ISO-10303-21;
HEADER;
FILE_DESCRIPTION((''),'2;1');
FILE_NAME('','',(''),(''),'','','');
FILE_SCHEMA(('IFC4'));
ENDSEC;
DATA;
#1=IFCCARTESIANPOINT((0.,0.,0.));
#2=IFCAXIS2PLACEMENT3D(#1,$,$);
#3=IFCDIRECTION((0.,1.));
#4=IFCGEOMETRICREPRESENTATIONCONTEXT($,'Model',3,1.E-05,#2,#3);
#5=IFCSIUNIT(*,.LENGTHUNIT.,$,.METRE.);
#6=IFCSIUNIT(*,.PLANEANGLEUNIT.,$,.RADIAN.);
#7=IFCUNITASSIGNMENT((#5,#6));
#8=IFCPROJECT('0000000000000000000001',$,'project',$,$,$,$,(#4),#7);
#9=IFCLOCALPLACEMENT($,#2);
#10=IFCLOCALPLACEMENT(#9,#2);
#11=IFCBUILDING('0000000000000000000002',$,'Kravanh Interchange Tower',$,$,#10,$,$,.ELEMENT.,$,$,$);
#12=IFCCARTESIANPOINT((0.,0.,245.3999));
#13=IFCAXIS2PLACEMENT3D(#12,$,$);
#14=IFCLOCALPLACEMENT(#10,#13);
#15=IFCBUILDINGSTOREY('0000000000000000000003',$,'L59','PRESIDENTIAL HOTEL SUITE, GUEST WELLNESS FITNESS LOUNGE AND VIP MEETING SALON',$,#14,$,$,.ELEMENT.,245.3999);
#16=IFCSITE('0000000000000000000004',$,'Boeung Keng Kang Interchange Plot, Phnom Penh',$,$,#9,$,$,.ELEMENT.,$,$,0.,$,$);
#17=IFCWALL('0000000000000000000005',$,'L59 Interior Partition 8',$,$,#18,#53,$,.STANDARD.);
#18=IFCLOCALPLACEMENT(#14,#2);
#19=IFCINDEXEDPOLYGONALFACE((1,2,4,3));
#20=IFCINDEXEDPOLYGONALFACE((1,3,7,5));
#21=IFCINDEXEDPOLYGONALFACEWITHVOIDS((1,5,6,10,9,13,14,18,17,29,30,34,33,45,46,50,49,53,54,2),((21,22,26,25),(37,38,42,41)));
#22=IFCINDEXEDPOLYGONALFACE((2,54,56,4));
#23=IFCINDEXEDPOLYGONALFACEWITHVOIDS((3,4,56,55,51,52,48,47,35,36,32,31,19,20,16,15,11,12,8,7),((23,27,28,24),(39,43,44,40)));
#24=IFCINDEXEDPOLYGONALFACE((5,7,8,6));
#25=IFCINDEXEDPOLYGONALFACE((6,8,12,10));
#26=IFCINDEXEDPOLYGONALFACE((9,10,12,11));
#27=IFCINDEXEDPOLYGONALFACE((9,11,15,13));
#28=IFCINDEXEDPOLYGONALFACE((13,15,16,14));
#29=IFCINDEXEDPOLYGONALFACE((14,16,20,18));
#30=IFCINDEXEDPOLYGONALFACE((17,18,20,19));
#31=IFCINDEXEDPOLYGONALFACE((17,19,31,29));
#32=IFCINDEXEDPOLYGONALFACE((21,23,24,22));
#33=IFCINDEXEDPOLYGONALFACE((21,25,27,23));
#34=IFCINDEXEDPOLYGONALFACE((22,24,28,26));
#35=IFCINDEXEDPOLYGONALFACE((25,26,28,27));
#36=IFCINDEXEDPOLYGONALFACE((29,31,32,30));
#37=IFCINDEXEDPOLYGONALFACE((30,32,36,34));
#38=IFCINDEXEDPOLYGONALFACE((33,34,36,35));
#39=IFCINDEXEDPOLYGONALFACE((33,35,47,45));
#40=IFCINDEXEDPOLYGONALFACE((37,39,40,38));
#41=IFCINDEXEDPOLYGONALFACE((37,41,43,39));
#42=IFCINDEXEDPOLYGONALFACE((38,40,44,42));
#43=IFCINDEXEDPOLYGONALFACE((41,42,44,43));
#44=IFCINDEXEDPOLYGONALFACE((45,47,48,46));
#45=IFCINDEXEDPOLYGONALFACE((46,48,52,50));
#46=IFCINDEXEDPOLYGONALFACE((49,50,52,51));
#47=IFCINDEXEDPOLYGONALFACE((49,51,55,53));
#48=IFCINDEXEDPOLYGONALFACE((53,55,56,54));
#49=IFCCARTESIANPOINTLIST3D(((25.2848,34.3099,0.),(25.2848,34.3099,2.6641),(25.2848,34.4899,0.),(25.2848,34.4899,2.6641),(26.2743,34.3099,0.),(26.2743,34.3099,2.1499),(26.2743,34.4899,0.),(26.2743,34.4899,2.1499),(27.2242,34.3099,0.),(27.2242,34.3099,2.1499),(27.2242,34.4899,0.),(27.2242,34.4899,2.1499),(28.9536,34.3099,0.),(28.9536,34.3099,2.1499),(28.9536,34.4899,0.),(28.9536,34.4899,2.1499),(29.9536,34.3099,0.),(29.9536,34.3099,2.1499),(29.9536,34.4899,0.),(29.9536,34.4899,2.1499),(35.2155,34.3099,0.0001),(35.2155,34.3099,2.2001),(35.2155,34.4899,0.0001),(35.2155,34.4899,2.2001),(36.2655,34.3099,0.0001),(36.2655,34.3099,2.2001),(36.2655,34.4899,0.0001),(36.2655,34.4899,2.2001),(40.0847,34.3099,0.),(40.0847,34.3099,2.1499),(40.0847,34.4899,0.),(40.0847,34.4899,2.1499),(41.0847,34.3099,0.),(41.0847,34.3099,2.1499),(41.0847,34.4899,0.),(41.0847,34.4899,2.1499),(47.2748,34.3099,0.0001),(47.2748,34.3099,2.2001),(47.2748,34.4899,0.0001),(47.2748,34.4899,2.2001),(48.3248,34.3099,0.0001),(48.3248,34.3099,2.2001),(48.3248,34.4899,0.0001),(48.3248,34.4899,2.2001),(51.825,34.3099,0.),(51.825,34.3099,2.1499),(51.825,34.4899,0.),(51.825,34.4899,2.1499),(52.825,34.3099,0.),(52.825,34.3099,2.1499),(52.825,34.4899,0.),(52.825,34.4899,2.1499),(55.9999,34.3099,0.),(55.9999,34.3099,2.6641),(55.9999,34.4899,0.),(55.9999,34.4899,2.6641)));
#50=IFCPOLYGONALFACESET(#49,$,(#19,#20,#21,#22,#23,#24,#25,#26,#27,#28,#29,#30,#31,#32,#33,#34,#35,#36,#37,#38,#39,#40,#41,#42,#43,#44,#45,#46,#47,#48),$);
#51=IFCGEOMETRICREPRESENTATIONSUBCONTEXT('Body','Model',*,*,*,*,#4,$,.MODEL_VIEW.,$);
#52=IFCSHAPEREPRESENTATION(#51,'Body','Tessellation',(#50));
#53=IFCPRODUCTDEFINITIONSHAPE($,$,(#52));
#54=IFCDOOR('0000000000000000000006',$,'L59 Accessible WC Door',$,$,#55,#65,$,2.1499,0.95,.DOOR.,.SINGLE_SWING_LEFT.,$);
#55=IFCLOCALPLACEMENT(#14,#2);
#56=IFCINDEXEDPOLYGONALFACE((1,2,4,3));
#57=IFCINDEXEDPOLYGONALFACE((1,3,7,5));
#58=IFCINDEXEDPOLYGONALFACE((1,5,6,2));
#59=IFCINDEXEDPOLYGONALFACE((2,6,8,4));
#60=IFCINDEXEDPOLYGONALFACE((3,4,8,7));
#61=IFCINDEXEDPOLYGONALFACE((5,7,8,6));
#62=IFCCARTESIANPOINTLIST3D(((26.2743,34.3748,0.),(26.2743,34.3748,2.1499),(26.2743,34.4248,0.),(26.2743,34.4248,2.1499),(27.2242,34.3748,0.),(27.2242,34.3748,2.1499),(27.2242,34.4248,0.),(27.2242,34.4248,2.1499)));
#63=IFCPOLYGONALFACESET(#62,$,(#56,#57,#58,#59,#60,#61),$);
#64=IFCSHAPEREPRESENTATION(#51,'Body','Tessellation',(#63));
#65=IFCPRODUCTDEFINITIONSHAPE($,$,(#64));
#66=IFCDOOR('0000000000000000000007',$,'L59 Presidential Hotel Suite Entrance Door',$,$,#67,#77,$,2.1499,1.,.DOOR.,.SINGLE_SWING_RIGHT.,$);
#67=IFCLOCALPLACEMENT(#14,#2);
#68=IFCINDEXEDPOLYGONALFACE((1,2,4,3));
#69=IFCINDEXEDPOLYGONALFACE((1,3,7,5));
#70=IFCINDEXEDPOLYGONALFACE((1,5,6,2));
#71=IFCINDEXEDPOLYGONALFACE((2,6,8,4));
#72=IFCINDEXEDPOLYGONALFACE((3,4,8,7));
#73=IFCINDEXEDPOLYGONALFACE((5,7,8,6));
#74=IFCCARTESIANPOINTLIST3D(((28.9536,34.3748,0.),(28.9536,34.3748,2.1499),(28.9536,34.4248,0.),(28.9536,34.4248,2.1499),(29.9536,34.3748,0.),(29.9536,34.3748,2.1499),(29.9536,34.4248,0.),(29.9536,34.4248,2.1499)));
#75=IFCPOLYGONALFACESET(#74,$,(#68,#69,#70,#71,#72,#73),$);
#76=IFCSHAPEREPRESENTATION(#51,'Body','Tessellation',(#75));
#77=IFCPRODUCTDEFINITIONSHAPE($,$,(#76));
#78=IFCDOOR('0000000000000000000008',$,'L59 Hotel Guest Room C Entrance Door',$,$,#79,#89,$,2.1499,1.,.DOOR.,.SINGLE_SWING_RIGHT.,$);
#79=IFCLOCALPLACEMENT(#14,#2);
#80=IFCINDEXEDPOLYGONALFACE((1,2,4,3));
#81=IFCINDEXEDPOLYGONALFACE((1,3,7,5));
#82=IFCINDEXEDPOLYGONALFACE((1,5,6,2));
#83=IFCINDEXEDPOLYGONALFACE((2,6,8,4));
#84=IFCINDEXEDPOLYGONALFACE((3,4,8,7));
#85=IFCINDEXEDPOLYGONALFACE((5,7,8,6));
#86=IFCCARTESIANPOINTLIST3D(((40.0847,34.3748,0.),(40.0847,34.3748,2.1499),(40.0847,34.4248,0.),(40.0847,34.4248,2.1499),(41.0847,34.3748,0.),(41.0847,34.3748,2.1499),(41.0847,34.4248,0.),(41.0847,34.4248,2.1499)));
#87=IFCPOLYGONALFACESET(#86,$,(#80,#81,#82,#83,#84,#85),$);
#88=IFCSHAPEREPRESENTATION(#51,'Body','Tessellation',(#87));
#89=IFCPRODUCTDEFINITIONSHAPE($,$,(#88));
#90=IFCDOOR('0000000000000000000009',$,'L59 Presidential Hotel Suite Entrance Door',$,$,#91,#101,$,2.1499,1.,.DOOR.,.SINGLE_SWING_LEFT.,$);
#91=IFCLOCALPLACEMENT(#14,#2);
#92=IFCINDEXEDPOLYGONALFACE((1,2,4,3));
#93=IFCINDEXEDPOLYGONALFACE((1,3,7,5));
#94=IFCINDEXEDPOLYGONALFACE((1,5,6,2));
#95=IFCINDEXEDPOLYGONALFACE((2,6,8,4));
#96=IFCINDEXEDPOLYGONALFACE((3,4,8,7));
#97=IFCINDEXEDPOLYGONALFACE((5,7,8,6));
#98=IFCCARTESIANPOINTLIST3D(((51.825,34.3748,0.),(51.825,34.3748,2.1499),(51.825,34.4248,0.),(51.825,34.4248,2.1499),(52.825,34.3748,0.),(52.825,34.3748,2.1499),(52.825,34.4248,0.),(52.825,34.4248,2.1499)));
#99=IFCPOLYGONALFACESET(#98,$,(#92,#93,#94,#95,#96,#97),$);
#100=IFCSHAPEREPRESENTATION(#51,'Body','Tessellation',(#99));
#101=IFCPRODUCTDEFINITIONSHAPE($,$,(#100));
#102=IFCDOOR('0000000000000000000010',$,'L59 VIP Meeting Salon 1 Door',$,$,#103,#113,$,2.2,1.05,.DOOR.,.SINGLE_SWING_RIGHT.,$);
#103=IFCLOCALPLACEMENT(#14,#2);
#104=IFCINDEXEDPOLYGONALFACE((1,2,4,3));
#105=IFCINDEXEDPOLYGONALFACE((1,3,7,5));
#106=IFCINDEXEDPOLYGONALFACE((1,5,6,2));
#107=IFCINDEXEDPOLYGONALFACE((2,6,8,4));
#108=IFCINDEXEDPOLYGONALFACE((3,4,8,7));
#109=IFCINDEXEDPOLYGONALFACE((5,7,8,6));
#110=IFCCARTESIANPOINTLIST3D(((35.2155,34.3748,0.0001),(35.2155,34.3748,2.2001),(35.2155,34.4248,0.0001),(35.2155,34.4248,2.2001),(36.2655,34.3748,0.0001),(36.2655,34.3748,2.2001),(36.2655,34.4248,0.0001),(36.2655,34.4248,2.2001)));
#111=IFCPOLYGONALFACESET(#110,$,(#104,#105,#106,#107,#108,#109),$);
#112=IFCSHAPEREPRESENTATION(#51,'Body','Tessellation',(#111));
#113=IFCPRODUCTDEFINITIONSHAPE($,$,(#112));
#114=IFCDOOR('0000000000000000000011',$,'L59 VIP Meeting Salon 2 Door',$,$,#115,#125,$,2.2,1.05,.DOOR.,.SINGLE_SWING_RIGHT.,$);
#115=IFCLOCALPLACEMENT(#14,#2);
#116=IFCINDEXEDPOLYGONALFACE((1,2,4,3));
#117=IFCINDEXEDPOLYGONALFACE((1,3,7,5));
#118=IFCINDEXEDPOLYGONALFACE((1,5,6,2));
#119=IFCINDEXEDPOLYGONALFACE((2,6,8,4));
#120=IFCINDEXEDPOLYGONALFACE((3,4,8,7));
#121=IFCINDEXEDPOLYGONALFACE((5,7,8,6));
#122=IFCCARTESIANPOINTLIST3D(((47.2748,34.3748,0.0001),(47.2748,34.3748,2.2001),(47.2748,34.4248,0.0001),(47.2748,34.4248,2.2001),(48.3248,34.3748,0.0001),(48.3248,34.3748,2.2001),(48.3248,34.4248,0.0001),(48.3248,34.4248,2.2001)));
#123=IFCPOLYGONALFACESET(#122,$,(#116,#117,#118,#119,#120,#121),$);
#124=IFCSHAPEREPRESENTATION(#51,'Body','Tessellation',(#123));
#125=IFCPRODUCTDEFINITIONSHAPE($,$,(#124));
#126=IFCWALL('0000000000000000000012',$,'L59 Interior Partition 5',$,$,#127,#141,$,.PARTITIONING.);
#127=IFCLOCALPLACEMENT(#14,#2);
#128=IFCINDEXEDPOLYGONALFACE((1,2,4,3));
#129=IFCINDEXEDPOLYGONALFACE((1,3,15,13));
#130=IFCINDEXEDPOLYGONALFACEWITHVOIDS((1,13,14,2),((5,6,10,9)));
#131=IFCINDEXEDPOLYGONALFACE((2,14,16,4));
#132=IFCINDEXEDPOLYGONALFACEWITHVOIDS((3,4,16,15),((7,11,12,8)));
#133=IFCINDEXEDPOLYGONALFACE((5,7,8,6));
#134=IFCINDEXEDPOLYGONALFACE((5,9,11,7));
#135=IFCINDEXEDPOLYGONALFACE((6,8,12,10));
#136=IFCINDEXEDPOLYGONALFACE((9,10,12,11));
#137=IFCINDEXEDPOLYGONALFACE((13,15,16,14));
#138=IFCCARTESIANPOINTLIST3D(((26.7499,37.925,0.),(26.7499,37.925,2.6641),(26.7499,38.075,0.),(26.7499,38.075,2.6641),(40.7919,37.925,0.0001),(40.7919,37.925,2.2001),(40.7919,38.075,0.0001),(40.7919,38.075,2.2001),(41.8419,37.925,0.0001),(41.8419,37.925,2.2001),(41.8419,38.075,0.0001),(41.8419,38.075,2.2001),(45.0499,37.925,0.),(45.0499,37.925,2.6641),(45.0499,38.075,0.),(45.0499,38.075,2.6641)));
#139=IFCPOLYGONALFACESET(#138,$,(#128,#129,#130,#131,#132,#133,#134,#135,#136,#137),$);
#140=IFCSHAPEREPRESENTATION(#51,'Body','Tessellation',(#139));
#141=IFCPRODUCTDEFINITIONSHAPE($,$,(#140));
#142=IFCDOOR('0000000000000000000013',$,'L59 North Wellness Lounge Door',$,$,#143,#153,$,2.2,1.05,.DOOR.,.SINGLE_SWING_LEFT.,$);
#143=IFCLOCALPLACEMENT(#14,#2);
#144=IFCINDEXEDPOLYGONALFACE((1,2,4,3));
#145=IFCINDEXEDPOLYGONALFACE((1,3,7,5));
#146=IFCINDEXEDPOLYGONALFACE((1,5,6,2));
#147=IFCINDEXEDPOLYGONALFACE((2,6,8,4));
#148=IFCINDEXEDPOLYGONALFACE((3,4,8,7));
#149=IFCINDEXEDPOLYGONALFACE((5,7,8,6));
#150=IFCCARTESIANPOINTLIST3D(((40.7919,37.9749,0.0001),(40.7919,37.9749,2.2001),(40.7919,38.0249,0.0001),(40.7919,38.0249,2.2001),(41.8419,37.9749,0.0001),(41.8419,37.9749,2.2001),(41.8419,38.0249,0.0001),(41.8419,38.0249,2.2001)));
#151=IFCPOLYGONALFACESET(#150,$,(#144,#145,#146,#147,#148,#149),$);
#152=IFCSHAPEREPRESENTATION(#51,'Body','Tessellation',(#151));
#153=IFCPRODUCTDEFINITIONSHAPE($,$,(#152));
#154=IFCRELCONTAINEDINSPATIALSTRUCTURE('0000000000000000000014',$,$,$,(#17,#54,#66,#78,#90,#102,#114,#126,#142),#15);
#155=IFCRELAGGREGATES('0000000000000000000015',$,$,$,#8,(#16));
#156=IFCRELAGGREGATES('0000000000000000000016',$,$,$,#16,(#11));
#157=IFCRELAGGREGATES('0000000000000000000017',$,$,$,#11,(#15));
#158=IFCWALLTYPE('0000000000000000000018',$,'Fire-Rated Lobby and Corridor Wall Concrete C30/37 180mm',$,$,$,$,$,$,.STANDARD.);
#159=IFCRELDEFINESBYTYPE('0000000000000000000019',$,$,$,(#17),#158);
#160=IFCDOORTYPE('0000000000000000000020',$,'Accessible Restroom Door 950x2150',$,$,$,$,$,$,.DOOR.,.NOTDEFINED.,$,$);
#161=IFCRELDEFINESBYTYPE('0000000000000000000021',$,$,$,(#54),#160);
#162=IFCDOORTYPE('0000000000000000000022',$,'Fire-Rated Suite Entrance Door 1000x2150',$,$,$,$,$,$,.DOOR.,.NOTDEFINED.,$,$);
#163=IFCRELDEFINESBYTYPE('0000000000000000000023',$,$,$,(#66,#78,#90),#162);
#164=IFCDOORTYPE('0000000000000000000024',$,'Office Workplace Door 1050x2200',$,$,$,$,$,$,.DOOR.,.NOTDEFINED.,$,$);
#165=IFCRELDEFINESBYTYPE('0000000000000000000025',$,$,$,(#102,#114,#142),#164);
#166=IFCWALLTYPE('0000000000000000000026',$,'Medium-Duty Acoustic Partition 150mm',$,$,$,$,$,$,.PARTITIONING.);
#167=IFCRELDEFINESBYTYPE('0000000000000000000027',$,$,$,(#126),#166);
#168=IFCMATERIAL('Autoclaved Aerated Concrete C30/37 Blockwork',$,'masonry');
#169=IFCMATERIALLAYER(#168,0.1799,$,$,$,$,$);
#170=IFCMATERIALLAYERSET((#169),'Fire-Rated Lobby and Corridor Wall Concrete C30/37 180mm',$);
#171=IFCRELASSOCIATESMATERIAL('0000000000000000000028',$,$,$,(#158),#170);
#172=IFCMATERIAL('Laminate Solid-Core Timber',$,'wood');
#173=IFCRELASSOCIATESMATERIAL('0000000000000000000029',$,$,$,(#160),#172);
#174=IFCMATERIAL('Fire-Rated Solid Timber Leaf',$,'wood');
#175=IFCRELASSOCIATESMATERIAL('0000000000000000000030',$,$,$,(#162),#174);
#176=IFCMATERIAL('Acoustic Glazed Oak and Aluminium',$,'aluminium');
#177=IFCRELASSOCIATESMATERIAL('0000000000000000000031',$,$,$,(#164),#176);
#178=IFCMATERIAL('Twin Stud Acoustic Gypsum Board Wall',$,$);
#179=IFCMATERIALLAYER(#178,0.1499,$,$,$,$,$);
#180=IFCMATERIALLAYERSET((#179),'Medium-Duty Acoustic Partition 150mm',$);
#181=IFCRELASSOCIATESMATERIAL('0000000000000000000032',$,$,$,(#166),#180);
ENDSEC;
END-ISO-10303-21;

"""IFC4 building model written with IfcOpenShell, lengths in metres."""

from ifc_helpers import new_model, si_unit, direction, frame, frame_2d, origin, place, context, subcontext, project, spatial, rectangle, extrude, material, layer, layer_set, type_object, element, fill, save


model = new_model("IFC4")

# Units and contexts
model_context = context("Model", 3, precision=1e-05, world=origin(), true_north=direction((0.0, 1.0)))
body_context = subcontext(model_context, "Body", "Model", "MODEL_VIEW")
ifc_project = project(units=[si_unit("LENGTHUNIT", "METRE"), si_unit("PLANEANGLEUNIT", "RADIAN")], contexts=[model_context])

# Site, building, storey
site_placement = place(None, origin())
site = spatial("IfcSite", under=ifc_project, at=site_placement, Name="Boeung Keng Kang Interchange Plot, Phnom Penh", CompositionType="ELEMENT", RefElevation=0.0)
building_placement = place(site_placement, origin())
building = spatial("IfcBuilding", under=site, at=building_placement, Name="Kravanh Interchange Tower", CompositionType="ELEMENT")
storey_placement = place(building_placement, frame((0.0, 0.0, 245.3999)))
storey = spatial("IfcBuildingStorey", under=building, at=storey_placement, Name="L59", Description="PRESIDENTIAL HOTEL SUITE, GUEST WELLNESS FITNESS LOUNGE AND VIP MEETING SALON", CompositionType="ELEMENT", Elevation=245.3999)

# Wall, openings, doors
ifc_material_1 = material(Name="Autoclaved Aerated Concrete C30/37 Blockwork", Category="masonry")
ifc_layer_1 = layer(ifc_material_1, 0.1799)
ifc_layer_set_1 = layer_set([ifc_layer_1], Name="Fire-Rated Lobby and Corridor Wall Concrete C30/37 180mm")
wall_type_1 = type_object("IfcWallType", Name="Fire-Rated Lobby and Corridor Wall Concrete C30/37 180mm", PredefinedType="STANDARD", material=ifc_layer_set_1)
wall_1_placement = place(storey_placement, frame((25.2849, 34.3999, 0.0), z_axis=(0.0, 0.0, 1.0), x_axis=(1.0, 0.0, 0.0)))
wall_1 = element("IfcWall", 1, at=wall_1_placement, inside=storey, type_object=wall_type_1, Name="L59 Interior Partition 8", PredefinedType="STANDARD", context=body_context, shape_type="SweptSolid", body=[
    extrude(rectangle(XDim=30.7151, YDim=0.1799, at=frame_2d((15.3574, 0.0))), origin(), (0.0, 0.0, 1.0), 2.6641),
])
opening_1_placement = place(wall_1_placement, frame((0.9893, 0.0, 0.0)))
opening_1 = element("IfcOpeningElement", 2, at=opening_1_placement, cuts=wall_1, PredefinedType="OPENING", context=body_context, shape_type="SweptSolid", body=[
    extrude(rectangle(XDim=0.95, YDim=2.1499, at=frame_2d((0.4751, 1.075))), frame((0.0, 0.1001, 0.0), z_axis=(0.0, -1.0, 0.0), x_axis=(1.0, 0.0, 0.0)), (0.0, 0.0, 1.0), 0.2),
])
opening_2_placement = place(wall_1_placement, frame((3.6687, 0.0, 0.0)))
opening_2 = element("IfcOpeningElement", 3, at=opening_2_placement, cuts=wall_1, PredefinedType="OPENING", context=body_context, shape_type="SweptSolid", body=[
    extrude(rectangle(XDim=1.0, YDim=2.1499, at=frame_2d((0.5, 1.075))), frame((0.0, 0.1001, 0.0), z_axis=(0.0, -1.0, 0.0), x_axis=(1.0, 0.0, 0.0)), (0.0, 0.0, 1.0), 0.2),
])
opening_3_placement = place(wall_1_placement, frame((9.9307, 0.0, 0.0)))
opening_3 = element("IfcOpeningElement", 4, at=opening_3_placement, cuts=wall_1, PredefinedType="OPENING", context=body_context, shape_type="SweptSolid", body=[
    extrude(rectangle(XDim=1.05, YDim=2.2, at=frame_2d((0.5249, 1.1001))), frame((0.0, 0.1001, 0.0), z_axis=(0.0, -1.0, 0.0), x_axis=(1.0, 0.0, 0.0)), (0.0, 0.0, 1.0), 0.2),
])
opening_4_placement = place(wall_1_placement, frame((14.7998, 0.0, 0.0)))
opening_4 = element("IfcOpeningElement", 5, at=opening_4_placement, cuts=wall_1, PredefinedType="OPENING", context=body_context, shape_type="SweptSolid", body=[
    extrude(rectangle(XDim=1.0, YDim=2.1499, at=frame_2d((0.5, 1.075))), frame((0.0, 0.1001, 0.0), z_axis=(0.0, -1.0, 0.0), x_axis=(1.0, 0.0, 0.0)), (0.0, 0.0, 1.0), 0.2),
])
opening_5_placement = place(wall_1_placement, frame((21.99, 0.0, 0.0)))
opening_5 = element("IfcOpeningElement", 6, at=opening_5_placement, cuts=wall_1, PredefinedType="OPENING", context=body_context, shape_type="SweptSolid", body=[
    extrude(rectangle(XDim=1.05, YDim=2.2, at=frame_2d((0.5249, 1.1001))), frame((0.0, 0.1001, 0.0), z_axis=(0.0, -1.0, 0.0), x_axis=(1.0, 0.0, 0.0)), (0.0, 0.0, 1.0), 0.2),
])
opening_6_placement = place(wall_1_placement, frame((26.54, 0.0, 0.0)))
opening_6 = element("IfcOpeningElement", 7, at=opening_6_placement, cuts=wall_1, PredefinedType="OPENING", context=body_context, shape_type="SweptSolid", body=[
    extrude(rectangle(XDim=1.0, YDim=2.1499, at=frame_2d((0.5, 1.075))), frame((0.0, 0.1001, 0.0), z_axis=(0.0, -1.0, 0.0), x_axis=(1.0, 0.0, 0.0)), (0.0, 0.0, 1.0), 0.2),
])
ifc_material_2 = material(Name="Laminate Solid-Core Timber", Category="wood")
door_type_1 = type_object("IfcDoorType", Name="Accessible Restroom Door 950x2150", OperationType="NOTDEFINED", PredefinedType="DOOR", material=ifc_material_2)
door_1_placement = place(opening_1_placement, origin())
door_1 = element("IfcDoor", 8, at=door_1_placement, inside=storey, type_object=door_type_1, Name="L59 Accessible WC Door", OperationType="SINGLE_SWING_LEFT", OverallHeight=2.1499, OverallWidth=0.95, PredefinedType="DOOR", context=body_context, shape_type="SweptSolid", body=[
    extrude(rectangle(XDim=0.95, YDim=2.1499, at=frame_2d((0.4751, 1.075))), frame((0.0, 0.0249, 0.0), z_axis=(0.0, -1.0, 0.0), x_axis=(1.0, 0.0, 0.0)), (0.0, 0.0, 1.0), 0.05),
])
fill(opening_1, door_1)
ifc_material_3 = material(Name="Fire-Rated Solid Timber Leaf", Category="wood")
door_type_2 = type_object("IfcDoorType", Name="Fire-Rated Suite Entrance Door 1000x2150", OperationType="NOTDEFINED", PredefinedType="DOOR", material=ifc_material_3)
door_2_placement = place(opening_2_placement, origin())
door_2 = element("IfcDoor", 9, at=door_2_placement, inside=storey, type_object=door_type_2, Name="L59 Presidential Hotel Suite Entrance Door", OperationType="SINGLE_SWING_RIGHT", OverallHeight=2.1499, OverallWidth=1.0, PredefinedType="DOOR", context=body_context, shape_type="SweptSolid", body=[
    extrude(rectangle(XDim=1.0, YDim=2.1499, at=frame_2d((0.5, 1.075))), frame((0.0, 0.0249, 0.0), z_axis=(0.0, -1.0, 0.0), x_axis=(1.0, 0.0, 0.0)), (0.0, 0.0, 1.0), 0.05),
])
fill(opening_2, door_2)
door_3_placement = place(opening_4_placement, origin())
door_3 = element("IfcDoor", 10, at=door_3_placement, inside=storey, type_object=door_type_2, Name="L59 Hotel Guest Room C Entrance Door", OperationType="SINGLE_SWING_RIGHT", OverallHeight=2.1499, OverallWidth=1.0, PredefinedType="DOOR", context=body_context, shape_type="SweptSolid", body=[
    extrude(rectangle(XDim=1.0, YDim=2.1499, at=frame_2d((0.5, 1.075))), frame((0.0, 0.0249, 0.0), z_axis=(0.0, -1.0, 0.0), x_axis=(1.0, 0.0, 0.0)), (0.0, 0.0, 1.0), 0.05),
])
fill(opening_4, door_3)
door_4_placement = place(opening_6_placement, origin())
door_4 = element("IfcDoor", 11, at=door_4_placement, inside=storey, type_object=door_type_2, Name="L59 Presidential Hotel Suite Entrance Door", OperationType="SINGLE_SWING_LEFT", OverallHeight=2.1499, OverallWidth=1.0, PredefinedType="DOOR", context=body_context, shape_type="SweptSolid", body=[
    extrude(rectangle(XDim=1.0, YDim=2.1499, at=frame_2d((0.5, 1.075))), frame((0.0, 0.0249, 0.0), z_axis=(0.0, -1.0, 0.0), x_axis=(1.0, 0.0, 0.0)), (0.0, 0.0, 1.0), 0.05),
])
fill(opening_6, door_4)
ifc_material_4 = material(Name="Acoustic Glazed Oak and Aluminium", Category="aluminium")
door_type_3 = type_object("IfcDoorType", Name="Office Workplace Door 1050x2200", OperationType="NOTDEFINED", PredefinedType="DOOR", material=ifc_material_4)
door_5_placement = place(opening_3_placement, origin())
door_5 = element("IfcDoor", 12, at=door_5_placement, inside=storey, type_object=door_type_3, Name="L59 VIP Meeting Salon 1 Door", OperationType="SINGLE_SWING_RIGHT", OverallHeight=2.2, OverallWidth=1.05, PredefinedType="DOOR", context=body_context, shape_type="SweptSolid", body=[
    extrude(rectangle(XDim=1.05, YDim=2.2, at=frame_2d((0.5249, 1.1001))), frame((0.0, 0.0249, 0.0), z_axis=(0.0, -1.0, 0.0), x_axis=(1.0, 0.0, 0.0)), (0.0, 0.0, 1.0), 0.05),
])
fill(opening_3, door_5)
door_6_placement = place(opening_5_placement, origin())
door_6 = element("IfcDoor", 13, at=door_6_placement, inside=storey, type_object=door_type_3, Name="L59 VIP Meeting Salon 2 Door", OperationType="SINGLE_SWING_RIGHT", OverallHeight=2.2, OverallWidth=1.05, PredefinedType="DOOR", context=body_context, shape_type="SweptSolid", body=[
    extrude(rectangle(XDim=1.05, YDim=2.2, at=frame_2d((0.5249, 1.1001))), frame((0.0, 0.0249, 0.0), z_axis=(0.0, -1.0, 0.0), x_axis=(1.0, 0.0, 0.0)), (0.0, 0.0, 1.0), 0.05),
])
fill(opening_5, door_6)

# Wall, opening, door
ifc_material_5 = material(Name="Twin Stud Acoustic Gypsum Board Wall")
ifc_layer_2 = layer(ifc_material_5, 0.1499)
ifc_layer_set_2 = layer_set([ifc_layer_2], Name="Medium-Duty Acoustic Partition 150mm")
wall_type_2 = type_object("IfcWallType", Name="Medium-Duty Acoustic Partition 150mm", PredefinedType="PARTITIONING", material=ifc_layer_set_2)
wall_2_placement = place(storey_placement, frame((26.75, 38.0, 0.0), z_axis=(0.0, 0.0, 1.0), x_axis=(1.0, 0.0, 0.0)))
wall_2 = element("IfcWall", 14, at=wall_2_placement, inside=storey, type_object=wall_type_2, Name="L59 Interior Partition 5", PredefinedType="PARTITIONING", context=body_context, shape_type="SweptSolid", body=[
    extrude(rectangle(XDim=18.3, YDim=0.1499, at=frame_2d((9.1499, 0.0))), origin(), (0.0, 0.0, 1.0), 2.6641),
])
opening_7_placement = place(wall_2_placement, frame((14.042, 0.0, 0.0)))
opening_7 = element("IfcOpeningElement", 15, at=opening_7_placement, cuts=wall_2, PredefinedType="OPENING", context=body_context, shape_type="SweptSolid", body=[
    extrude(rectangle(XDim=1.05, YDim=2.2, at=frame_2d((0.5249, 1.1001))), frame((0.0, 0.085, 0.0), z_axis=(0.0, -1.0, 0.0), x_axis=(1.0, 0.0, 0.0)), (0.0, 0.0, 1.0), 0.1699),
])
door_7_placement = place(opening_7_placement, origin())
door_7 = element("IfcDoor", 16, at=door_7_placement, inside=storey, type_object=door_type_3, Name="L59 North Wellness Lounge Door", OperationType="SINGLE_SWING_LEFT", OverallHeight=2.2, OverallWidth=1.05, PredefinedType="DOOR", context=body_context, shape_type="SweptSolid", body=[
    extrude(rectangle(XDim=1.05, YDim=2.2, at=frame_2d((0.5249, 1.1001))), frame((0.0, 0.0249, 0.0), z_axis=(0.0, -1.0, 0.0), x_axis=(1.0, 0.0, 0.0)), (0.0, 0.0, 1.0), 0.05),
])
fill(opening_7, door_7)

save(model, "model.ifc")
